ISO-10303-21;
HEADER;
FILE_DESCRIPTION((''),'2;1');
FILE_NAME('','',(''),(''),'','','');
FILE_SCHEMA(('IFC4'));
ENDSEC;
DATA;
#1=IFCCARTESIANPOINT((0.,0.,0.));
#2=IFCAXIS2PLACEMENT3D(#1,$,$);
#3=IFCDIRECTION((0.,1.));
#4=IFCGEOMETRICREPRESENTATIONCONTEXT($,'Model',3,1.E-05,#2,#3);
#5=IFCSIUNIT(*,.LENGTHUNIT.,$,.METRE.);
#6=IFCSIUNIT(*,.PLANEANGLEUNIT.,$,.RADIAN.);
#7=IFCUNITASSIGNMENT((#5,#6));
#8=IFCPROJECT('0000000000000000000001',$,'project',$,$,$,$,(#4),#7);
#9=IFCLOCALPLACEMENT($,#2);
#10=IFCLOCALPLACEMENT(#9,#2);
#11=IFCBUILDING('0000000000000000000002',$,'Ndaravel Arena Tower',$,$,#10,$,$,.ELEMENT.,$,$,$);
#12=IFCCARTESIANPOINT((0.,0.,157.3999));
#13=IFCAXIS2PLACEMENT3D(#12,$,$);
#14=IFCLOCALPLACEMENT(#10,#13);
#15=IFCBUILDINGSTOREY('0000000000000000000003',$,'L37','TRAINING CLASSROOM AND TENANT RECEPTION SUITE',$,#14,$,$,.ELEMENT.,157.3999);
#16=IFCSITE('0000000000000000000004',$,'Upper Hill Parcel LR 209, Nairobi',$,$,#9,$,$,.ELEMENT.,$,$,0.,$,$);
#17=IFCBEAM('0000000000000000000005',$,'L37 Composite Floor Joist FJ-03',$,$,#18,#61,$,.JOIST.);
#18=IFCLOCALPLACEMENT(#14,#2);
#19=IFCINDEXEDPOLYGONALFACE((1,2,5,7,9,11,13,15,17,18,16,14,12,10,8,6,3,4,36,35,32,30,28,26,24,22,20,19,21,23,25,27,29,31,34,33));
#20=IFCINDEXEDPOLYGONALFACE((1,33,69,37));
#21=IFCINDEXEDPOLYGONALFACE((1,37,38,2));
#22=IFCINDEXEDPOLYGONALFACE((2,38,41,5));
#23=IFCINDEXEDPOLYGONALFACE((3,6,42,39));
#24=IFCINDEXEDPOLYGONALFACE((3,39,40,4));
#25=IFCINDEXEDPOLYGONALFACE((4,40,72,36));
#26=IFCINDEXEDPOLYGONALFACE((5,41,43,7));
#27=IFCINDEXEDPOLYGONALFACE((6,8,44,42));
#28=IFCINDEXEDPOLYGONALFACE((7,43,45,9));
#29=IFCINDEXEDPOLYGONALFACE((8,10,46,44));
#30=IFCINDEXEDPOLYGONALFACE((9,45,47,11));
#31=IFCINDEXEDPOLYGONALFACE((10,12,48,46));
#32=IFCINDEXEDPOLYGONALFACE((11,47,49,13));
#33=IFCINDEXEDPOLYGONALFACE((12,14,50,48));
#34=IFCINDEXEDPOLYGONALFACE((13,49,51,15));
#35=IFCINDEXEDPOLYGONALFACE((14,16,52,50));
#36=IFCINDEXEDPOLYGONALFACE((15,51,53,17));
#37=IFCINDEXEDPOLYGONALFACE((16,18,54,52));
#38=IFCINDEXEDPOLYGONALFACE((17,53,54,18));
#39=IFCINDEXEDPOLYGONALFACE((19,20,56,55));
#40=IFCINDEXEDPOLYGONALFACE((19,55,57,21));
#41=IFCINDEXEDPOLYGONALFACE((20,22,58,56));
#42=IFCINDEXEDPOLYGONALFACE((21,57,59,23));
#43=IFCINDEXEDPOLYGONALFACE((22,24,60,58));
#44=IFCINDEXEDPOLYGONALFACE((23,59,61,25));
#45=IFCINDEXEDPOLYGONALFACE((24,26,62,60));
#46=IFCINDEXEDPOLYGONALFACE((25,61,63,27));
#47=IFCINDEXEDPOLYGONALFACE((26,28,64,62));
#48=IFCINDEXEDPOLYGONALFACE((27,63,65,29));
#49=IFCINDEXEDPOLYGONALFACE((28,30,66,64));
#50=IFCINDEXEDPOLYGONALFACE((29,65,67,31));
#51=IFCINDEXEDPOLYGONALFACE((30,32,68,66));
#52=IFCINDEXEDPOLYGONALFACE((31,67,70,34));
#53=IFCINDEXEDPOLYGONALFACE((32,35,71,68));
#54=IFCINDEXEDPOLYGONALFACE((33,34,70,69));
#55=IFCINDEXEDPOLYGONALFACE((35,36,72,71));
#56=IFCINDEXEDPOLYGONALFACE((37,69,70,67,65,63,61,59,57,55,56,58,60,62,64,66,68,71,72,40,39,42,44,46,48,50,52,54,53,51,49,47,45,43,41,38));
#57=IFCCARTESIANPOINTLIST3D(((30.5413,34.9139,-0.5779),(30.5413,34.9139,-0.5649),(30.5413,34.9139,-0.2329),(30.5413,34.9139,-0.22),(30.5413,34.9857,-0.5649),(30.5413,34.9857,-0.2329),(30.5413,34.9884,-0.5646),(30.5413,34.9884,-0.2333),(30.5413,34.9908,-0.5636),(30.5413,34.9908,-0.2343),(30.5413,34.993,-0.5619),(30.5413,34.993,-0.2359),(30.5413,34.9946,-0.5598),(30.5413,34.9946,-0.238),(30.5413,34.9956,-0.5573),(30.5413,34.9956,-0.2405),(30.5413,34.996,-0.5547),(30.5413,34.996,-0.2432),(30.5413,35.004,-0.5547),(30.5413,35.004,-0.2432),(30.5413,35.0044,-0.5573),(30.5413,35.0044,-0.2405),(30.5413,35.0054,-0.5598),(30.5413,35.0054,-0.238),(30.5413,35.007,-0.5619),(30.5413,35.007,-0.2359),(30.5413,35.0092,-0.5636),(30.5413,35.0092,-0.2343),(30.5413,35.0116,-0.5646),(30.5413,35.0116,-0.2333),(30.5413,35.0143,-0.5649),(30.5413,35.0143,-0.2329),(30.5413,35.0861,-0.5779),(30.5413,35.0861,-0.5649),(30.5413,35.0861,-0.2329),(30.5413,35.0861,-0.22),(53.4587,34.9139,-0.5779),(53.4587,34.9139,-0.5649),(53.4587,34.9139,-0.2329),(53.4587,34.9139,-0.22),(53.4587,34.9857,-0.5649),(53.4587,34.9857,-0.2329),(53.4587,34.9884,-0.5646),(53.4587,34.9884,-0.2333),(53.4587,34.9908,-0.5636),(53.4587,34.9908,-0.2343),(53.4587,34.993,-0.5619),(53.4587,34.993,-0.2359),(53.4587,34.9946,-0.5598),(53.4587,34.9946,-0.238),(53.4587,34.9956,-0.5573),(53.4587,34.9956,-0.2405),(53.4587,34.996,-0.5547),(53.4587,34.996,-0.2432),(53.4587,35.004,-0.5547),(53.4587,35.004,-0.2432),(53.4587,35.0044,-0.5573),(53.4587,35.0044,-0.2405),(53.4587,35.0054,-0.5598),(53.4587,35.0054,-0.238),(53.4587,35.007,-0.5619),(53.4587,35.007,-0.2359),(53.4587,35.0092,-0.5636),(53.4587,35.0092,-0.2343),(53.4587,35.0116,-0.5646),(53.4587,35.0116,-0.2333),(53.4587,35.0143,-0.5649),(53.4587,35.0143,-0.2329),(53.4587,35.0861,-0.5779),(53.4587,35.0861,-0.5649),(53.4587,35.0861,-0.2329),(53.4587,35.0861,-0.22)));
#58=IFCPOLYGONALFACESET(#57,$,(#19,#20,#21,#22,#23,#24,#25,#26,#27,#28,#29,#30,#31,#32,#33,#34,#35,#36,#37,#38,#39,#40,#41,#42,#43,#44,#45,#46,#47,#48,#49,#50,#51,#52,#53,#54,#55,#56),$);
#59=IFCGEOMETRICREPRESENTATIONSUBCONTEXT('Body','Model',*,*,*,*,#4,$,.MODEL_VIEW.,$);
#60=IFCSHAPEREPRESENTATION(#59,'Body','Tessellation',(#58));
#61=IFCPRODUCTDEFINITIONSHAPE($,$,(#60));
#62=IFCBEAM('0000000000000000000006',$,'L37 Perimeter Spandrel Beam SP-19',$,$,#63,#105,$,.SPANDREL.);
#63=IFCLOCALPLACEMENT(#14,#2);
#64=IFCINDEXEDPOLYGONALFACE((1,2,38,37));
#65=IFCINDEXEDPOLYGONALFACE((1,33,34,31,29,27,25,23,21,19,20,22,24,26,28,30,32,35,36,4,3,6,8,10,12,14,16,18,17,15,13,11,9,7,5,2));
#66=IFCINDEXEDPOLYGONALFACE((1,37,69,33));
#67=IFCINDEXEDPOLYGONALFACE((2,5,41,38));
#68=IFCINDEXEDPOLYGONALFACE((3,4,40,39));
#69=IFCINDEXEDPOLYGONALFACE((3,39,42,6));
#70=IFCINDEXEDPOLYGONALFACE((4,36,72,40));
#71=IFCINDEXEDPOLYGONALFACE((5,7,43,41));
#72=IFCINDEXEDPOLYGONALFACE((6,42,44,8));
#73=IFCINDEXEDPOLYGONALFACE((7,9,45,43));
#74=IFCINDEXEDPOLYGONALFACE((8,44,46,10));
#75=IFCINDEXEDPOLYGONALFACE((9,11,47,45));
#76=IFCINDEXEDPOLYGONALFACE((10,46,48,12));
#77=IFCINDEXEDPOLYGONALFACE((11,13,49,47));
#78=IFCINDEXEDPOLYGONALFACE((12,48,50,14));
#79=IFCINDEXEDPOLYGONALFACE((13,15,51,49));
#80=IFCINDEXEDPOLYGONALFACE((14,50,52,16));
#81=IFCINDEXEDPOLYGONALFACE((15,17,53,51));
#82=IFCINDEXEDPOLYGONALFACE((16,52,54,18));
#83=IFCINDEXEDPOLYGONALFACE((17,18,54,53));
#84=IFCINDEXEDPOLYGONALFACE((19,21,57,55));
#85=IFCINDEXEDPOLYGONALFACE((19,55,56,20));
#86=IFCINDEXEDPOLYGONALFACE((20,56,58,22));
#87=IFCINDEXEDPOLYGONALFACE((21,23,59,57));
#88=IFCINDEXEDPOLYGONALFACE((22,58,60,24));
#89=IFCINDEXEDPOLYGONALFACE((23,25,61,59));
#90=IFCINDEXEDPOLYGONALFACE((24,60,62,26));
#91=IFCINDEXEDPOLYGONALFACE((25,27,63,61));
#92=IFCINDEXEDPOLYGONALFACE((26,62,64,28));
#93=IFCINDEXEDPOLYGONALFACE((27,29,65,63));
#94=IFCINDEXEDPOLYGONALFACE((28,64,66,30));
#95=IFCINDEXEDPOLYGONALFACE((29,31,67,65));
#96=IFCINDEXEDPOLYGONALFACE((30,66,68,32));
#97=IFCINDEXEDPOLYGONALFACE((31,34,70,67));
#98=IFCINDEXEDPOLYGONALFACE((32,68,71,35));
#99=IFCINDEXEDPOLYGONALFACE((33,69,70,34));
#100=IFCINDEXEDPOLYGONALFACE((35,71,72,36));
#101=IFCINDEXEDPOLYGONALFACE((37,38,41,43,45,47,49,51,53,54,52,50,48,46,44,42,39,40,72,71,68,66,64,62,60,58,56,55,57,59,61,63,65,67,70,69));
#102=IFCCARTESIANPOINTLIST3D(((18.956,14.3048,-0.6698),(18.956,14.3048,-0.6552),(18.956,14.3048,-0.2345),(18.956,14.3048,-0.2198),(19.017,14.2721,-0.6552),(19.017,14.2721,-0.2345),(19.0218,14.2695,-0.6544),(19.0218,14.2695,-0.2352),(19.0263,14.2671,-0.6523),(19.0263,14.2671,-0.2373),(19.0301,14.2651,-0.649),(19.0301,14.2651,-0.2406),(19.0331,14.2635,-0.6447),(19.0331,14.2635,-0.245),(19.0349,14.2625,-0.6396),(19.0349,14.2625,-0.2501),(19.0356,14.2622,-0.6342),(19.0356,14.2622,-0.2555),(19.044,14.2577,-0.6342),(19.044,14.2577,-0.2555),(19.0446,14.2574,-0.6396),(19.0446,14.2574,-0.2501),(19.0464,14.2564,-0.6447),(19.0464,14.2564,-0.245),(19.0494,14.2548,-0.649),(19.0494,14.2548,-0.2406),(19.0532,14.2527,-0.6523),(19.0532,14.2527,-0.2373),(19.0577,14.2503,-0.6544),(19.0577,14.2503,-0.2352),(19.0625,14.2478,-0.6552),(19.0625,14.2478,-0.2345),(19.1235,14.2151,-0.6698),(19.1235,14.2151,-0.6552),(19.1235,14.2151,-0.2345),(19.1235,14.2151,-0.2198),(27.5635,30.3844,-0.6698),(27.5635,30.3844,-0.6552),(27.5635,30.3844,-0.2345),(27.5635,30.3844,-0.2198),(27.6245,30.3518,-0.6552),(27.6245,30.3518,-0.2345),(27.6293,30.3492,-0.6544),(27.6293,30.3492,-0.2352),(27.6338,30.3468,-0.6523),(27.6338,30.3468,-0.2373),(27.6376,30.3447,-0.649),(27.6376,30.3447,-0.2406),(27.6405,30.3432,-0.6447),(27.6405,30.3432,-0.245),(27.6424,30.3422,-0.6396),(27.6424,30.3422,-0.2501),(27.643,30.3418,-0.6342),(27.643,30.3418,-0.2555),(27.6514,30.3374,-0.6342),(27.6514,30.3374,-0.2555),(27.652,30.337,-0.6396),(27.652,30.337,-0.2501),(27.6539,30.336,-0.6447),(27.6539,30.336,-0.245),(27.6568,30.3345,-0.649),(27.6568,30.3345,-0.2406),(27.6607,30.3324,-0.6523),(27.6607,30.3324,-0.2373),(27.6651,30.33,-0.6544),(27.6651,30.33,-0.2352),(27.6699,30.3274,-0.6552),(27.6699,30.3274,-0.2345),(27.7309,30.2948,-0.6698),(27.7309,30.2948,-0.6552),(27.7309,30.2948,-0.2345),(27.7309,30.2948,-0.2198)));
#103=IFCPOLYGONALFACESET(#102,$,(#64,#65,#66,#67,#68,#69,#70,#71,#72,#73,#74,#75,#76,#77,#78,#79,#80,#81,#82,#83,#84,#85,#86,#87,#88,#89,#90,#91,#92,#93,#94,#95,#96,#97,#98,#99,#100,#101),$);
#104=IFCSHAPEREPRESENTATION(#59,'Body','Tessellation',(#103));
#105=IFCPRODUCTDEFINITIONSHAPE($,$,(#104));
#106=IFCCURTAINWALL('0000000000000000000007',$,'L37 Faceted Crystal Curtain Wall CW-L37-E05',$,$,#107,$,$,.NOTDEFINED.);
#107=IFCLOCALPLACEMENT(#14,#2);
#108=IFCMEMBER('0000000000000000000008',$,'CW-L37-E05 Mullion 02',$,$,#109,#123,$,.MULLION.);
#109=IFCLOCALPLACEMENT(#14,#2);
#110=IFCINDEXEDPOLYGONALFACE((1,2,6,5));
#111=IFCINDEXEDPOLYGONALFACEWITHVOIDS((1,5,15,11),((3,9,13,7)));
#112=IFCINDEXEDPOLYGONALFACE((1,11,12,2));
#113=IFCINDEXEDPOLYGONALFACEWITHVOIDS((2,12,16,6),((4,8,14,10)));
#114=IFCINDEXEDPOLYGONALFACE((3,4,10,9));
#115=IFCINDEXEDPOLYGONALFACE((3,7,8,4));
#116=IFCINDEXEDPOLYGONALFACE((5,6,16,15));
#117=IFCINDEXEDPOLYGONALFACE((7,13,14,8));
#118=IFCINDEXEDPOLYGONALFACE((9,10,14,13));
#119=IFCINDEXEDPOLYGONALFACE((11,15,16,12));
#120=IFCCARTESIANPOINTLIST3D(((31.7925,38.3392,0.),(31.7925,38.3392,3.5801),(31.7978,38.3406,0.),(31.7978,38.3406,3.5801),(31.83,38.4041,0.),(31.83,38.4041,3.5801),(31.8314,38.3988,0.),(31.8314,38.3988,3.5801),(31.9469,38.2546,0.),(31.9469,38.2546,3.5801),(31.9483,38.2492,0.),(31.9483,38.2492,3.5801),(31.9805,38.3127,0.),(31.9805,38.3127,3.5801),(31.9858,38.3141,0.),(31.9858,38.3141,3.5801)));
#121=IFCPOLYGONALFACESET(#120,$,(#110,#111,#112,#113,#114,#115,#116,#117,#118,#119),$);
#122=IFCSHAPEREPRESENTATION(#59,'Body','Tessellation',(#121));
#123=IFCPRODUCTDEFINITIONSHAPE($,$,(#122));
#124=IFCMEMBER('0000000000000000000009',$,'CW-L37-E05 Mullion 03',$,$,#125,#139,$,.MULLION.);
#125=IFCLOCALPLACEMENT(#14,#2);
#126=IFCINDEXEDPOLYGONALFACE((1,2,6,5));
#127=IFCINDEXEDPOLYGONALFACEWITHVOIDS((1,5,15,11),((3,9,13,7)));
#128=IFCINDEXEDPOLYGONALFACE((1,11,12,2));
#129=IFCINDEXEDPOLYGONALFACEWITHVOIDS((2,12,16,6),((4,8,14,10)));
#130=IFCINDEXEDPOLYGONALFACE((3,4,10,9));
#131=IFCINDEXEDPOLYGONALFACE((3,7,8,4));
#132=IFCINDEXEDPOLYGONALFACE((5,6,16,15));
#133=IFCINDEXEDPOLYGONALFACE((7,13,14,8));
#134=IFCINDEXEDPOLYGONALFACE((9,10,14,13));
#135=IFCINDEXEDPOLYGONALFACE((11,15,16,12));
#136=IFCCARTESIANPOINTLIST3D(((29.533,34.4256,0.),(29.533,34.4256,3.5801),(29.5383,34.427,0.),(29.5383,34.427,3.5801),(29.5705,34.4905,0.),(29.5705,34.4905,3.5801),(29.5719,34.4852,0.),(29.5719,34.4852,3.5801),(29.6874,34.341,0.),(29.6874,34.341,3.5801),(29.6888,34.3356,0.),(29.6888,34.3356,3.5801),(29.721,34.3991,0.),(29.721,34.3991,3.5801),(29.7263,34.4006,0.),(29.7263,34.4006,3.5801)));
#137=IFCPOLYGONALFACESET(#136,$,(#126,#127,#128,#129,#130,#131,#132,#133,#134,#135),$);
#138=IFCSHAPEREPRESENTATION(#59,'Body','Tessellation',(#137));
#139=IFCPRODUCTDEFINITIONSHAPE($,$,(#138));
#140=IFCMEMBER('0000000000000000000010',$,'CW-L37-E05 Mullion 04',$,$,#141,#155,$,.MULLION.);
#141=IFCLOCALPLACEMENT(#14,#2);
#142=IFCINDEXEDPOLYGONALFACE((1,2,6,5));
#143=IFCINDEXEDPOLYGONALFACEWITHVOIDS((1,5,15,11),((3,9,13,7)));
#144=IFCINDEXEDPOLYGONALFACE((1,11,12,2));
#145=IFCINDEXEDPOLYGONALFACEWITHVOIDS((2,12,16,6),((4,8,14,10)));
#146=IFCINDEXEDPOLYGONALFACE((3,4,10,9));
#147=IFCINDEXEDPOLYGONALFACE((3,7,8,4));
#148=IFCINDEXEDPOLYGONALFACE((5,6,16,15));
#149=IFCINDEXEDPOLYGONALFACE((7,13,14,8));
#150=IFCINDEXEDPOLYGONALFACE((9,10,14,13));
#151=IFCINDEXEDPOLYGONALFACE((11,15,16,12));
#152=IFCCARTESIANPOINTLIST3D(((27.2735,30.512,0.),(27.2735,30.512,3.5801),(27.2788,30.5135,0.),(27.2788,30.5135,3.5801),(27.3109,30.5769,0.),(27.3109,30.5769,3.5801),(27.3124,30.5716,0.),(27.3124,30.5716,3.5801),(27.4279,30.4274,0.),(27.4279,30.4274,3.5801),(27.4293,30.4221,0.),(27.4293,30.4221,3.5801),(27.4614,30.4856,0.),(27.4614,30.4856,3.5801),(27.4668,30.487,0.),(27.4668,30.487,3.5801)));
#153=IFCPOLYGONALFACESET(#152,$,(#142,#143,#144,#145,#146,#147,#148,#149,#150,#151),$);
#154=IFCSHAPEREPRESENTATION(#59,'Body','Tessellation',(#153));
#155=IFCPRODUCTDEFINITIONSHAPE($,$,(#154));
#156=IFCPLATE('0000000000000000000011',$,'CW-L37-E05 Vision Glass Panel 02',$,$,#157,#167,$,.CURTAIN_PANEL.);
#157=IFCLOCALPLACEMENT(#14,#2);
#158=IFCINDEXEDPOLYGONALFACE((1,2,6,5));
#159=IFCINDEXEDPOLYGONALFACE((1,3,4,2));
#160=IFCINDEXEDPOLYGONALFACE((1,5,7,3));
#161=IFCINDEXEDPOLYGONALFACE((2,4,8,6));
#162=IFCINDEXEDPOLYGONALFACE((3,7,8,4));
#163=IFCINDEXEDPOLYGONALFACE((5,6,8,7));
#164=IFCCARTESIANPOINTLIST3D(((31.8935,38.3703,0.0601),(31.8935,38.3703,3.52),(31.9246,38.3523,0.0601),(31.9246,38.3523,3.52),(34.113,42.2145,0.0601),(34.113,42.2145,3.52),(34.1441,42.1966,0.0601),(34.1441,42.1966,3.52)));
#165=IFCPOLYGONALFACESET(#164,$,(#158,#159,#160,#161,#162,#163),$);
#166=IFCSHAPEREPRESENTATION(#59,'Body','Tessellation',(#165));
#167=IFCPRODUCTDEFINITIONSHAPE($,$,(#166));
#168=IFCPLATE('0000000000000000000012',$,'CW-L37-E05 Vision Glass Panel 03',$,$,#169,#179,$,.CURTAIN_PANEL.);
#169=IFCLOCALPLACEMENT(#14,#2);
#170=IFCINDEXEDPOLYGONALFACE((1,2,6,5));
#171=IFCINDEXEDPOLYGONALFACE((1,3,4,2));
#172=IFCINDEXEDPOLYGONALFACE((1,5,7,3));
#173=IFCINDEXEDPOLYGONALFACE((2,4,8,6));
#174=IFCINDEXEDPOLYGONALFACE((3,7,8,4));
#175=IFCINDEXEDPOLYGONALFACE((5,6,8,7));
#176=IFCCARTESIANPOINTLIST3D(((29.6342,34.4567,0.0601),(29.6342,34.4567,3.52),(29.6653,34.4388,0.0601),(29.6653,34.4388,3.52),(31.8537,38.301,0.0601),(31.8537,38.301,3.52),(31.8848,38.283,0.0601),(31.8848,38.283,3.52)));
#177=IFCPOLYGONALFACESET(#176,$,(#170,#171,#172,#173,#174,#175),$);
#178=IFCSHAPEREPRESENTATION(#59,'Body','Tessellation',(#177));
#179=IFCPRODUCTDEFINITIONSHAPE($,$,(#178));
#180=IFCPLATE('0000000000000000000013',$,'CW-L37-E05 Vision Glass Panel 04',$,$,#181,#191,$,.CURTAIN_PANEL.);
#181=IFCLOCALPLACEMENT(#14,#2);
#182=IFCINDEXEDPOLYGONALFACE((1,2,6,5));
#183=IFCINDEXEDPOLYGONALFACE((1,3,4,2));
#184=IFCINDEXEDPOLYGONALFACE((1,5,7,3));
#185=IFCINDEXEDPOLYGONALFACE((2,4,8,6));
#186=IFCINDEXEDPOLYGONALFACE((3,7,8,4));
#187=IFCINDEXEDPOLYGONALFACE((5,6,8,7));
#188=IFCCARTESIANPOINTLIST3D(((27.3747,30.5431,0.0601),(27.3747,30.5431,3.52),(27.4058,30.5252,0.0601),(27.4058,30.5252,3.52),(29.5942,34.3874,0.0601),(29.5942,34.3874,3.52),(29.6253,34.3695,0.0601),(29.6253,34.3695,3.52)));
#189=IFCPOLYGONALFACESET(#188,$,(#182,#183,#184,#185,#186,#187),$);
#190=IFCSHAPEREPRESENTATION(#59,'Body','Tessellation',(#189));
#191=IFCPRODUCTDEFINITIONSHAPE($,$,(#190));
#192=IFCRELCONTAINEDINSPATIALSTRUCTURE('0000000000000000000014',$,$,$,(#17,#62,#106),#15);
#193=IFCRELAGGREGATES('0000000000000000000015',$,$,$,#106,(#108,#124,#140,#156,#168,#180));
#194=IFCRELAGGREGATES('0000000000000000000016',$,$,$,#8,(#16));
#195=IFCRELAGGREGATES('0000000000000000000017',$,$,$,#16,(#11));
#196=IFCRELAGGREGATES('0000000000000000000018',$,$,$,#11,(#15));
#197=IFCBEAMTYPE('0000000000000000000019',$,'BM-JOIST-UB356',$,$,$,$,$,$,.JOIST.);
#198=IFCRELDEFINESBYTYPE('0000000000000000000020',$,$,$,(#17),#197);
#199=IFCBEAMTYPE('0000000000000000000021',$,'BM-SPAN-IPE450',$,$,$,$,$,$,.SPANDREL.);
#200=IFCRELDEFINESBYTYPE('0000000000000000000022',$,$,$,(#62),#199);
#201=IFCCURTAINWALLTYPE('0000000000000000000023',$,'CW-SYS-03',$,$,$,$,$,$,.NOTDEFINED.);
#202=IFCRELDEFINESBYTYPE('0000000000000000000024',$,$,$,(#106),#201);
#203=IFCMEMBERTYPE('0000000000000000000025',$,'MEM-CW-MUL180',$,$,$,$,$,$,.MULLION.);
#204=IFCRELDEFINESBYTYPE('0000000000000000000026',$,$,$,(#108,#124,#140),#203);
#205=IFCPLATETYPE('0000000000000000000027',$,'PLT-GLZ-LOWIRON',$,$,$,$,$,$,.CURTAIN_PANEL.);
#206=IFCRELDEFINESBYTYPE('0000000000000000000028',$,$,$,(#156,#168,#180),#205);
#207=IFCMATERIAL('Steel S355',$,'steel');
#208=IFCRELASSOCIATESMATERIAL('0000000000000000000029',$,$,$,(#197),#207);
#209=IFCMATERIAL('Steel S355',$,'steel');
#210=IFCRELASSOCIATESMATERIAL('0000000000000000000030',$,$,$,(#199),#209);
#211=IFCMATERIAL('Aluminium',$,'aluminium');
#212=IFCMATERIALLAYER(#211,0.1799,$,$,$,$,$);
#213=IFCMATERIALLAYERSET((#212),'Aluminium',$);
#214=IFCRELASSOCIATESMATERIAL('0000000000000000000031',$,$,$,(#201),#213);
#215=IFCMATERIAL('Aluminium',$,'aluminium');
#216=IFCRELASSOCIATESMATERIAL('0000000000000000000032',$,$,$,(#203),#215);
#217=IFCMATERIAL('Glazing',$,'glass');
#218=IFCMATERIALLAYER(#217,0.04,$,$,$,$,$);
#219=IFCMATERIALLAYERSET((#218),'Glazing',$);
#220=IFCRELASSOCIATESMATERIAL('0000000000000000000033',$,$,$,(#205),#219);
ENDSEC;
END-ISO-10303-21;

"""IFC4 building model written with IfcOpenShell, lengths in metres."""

from ifc_helpers import new_model, si_unit, direction, frame, origin, origin_2d, place, context, subcontext, project, spatial, rectangle, hollow_rectangle, i_section, extrude, material, layer, layer_set, material_profile, profile_set, type_object, element, aggregate, save


model = new_model("IFC4")

# Units and contexts
model_context = context("Model", 3, precision=1e-05, world=origin(), true_north=direction((0.0, 1.0)))
body_context = subcontext(model_context, "Body", "Model", "MODEL_VIEW")
ifc_project = project(units=[si_unit("LENGTHUNIT", "METRE"), si_unit("PLANEANGLEUNIT", "RADIAN")], contexts=[model_context])

# Site, building, storey
site_placement = place(None, origin())
site = spatial("IfcSite", under=ifc_project, at=site_placement, Name="Upper Hill Parcel LR 209, Nairobi", CompositionType="ELEMENT", RefElevation=0.0)
building_placement = place(site_placement, origin())
building = spatial("IfcBuilding", under=site, at=building_placement, Name="Ndaravel Arena Tower", CompositionType="ELEMENT")
storey_placement = place(building_placement, frame((0.0, 0.0, 157.3999)))
storey = spatial("IfcBuildingStorey", under=building, at=storey_placement, Name="L37", Description="TRAINING CLASSROOM AND TENANT RECEPTION SUITE", CompositionType="ELEMENT", Elevation=157.3999)

# Beams
ifc_material_1 = material(Name="Steel S355", Category="steel")
ifc_material_profile_1 = material_profile(ifc_material_1, i_section(OverallWidth=0.1721, OverallDepth=0.3579, WebThickness=0.0081, FlangeThickness=0.0129, FilletRadius=0.0103, at=origin_2d()), Name="UB 356x171x57")
ifc_profile_set_1 = profile_set([ifc_material_profile_1], Name="Steel S355")
beam_type_1 = type_object("IfcBeamType", Name="BM-JOIST-UB356", PredefinedType="JOIST", material=ifc_profile_set_1)
beam_1_placement = place(storey_placement, frame((30.5413, 35.0, -0.3989), z_axis=(1.0, 0.0, 0.0), x_axis=(0.0, 1.0, 0.0)))
element("IfcBeam", 1, at=beam_1_placement, inside=storey, type_object=beam_type_1, Name="L37 Composite Floor Joist FJ-03", PredefinedType="JOIST", context=body_context, shape_type="SweptSolid", body=[
    extrude(i_section(OverallWidth=0.1721, OverallDepth=0.3579, WebThickness=0.0081, FlangeThickness=0.0129, FilletRadius=0.0103, at=origin_2d()), origin(), (0.0, 0.0, 1.0), 22.9175),
])
ifc_material_2 = material(Name="Steel S355", Category="steel")
ifc_material_profile_2 = material_profile(ifc_material_2, i_section(OverallWidth=0.1899, OverallDepth=0.45, WebThickness=0.0095, FlangeThickness=0.0146, FilletRadius=0.021, at=origin_2d()), Name="IPE 450")
ifc_profile_set_2 = profile_set([ifc_material_profile_2], Name="Steel S355")
beam_type_2 = type_object("IfcBeamType", Name="BM-SPAN-IPE450", PredefinedType="SPANDREL", material=ifc_profile_set_2)
beam_2_placement = place(storey_placement, frame((27.6472, 30.3396, -0.4448), z_axis=(-0.471938, -0.881632, 0.0), x_axis=(0.881632, -0.471938, 0.0)))
element("IfcBeam", 2, at=beam_2_placement, inside=storey, type_object=beam_type_2, Name="L37 Perimeter Spandrel Beam SP-19", PredefinedType="SPANDREL", context=body_context, shape_type="SweptSolid", body=[
    extrude(i_section(OverallWidth=0.1899, OverallDepth=0.45, WebThickness=0.0095, FlangeThickness=0.0146, FilletRadius=0.021, at=origin_2d()), origin(), (0.0, 0.0, 1.0), 18.2385),
])

# Curtain wall, members, plates
ifc_material_3 = material(Name="Aluminium", Category="aluminium")
ifc_layer_1 = layer(ifc_material_3, 0.1799)
ifc_layer_set_1 = layer_set([ifc_layer_1], Name="Aluminium")
curtain_wall_type = type_object("IfcCurtainWallType", Name="CW-SYS-03", PredefinedType="NOTDEFINED", material=ifc_layer_set_1)
curtain_wall_placement = place(storey_placement, origin())
curtain_wall = element("IfcCurtainWall", 3, at=curtain_wall_placement, inside=storey, type_object=curtain_wall_type, Name="L37 Faceted Crystal Curtain Wall CW-L37-E05", PredefinedType="NOTDEFINED")
ifc_material_4 = material(Name="Aluminium", Category="aluminium")
ifc_material_profile_3 = material_profile(ifc_material_4, hollow_rectangle(XDim=0.075, YDim=0.1799, WallThickness=0.0039, at=origin_2d()), Name="CW MULLION 75x180x4")
ifc_profile_set_3 = profile_set([ifc_material_profile_3], Name="Aluminium")
member_type = type_object("IfcMemberType", Name="MEM-CW-MUL180", PredefinedType="MULLION", material=ifc_profile_set_3)
member_1_placement = place(storey_placement, frame((31.8892, 38.3267, 0.0), z_axis=(0.0, 0.0, 1.0), x_axis=(-0.5, -0.866025, 0.0)))
member_1 = element("IfcMember", 4, at=member_1_placement, type_object=member_type, Name="CW-L37-E05 Mullion 02", PredefinedType="MULLION", context=body_context, shape_type="SweptSolid", body=[
    extrude(hollow_rectangle(XDim=0.075, YDim=0.1799, WallThickness=0.0039, at=origin_2d()), origin(), (0.0, 0.0, 1.0), 3.5801),
])
member_2_placement = place(storey_placement, frame((29.6296, 34.4131, 0.0), z_axis=(0.0, 0.0, 1.0), x_axis=(-0.5, -0.866025, 0.0)))
member_2 = element("IfcMember", 5, at=member_2_placement, type_object=member_type, Name="CW-L37-E05 Mullion 03", PredefinedType="MULLION", context=body_context, shape_type="SweptSolid", body=[
    extrude(hollow_rectangle(XDim=0.075, YDim=0.1799, WallThickness=0.0039, at=origin_2d()), origin(), (0.0, 0.0, 1.0), 3.5801),
])
member_3_placement = place(storey_placement, frame((27.3701, 30.4995, 0.0), z_axis=(0.0, 0.0, 1.0), x_axis=(-0.5, -0.866025, 0.0)))
member_3 = element("IfcMember", 6, at=member_3_placement, type_object=member_type, Name="CW-L37-E05 Mullion 04", PredefinedType="MULLION", context=body_context, shape_type="SweptSolid", body=[
    extrude(hollow_rectangle(XDim=0.075, YDim=0.1799, WallThickness=0.0039, at=origin_2d()), origin(), (0.0, 0.0, 1.0), 3.5801),
])
ifc_material_5 = material(Name="Glazing", Category="glass")
ifc_layer_2 = layer(ifc_material_5, 0.04)
ifc_layer_set_2 = layer_set([ifc_layer_2], Name="Glazing")
plate_type = type_object("IfcPlateType", Name="PLT-GLZ-LOWIRON", PredefinedType="CURTAIN_PANEL", material=ifc_layer_set_2)
plate_1_placement = place(storey_placement, frame((33.0188, 40.2834, 0.0601), z_axis=(0.0, 0.0, 1.0), x_axis=(-0.5, -0.866025, 0.0)))
plate_1 = element("IfcPlate", 7, at=plate_1_placement, type_object=plate_type, Name="CW-L37-E05 Vision Glass Panel 02", PredefinedType="CURTAIN_PANEL", context=body_context, shape_type="SweptSolid", body=[
    extrude(rectangle(XDim=4.439, YDim=0.0359, at=origin_2d()), origin(), (0.0, 0.0, 1.0), 3.46),
])
plate_2_placement = place(storey_placement, frame((30.7595, 36.3699, 0.0601), z_axis=(0.0, 0.0, 1.0), x_axis=(-0.5, -0.866025, 0.0)))
plate_2 = element("IfcPlate", 8, at=plate_2_placement, type_object=plate_type, Name="CW-L37-E05 Vision Glass Panel 03", PredefinedType="CURTAIN_PANEL", context=body_context, shape_type="SweptSolid", body=[
    extrude(rectangle(XDim=4.439, YDim=0.0359, at=origin_2d()), origin(), (0.0, 0.0, 1.0), 3.46),
])
plate_3_placement = place(storey_placement, frame((28.5, 32.4563, 0.0601), z_axis=(0.0, 0.0, 1.0), x_axis=(-0.5, -0.866025, 0.0)))
plate_3 = element("IfcPlate", 9, at=plate_3_placement, type_object=plate_type, Name="CW-L37-E05 Vision Glass Panel 04", PredefinedType="CURTAIN_PANEL", context=body_context, shape_type="SweptSolid", body=[
    extrude(rectangle(XDim=4.439, YDim=0.0359, at=origin_2d()), origin(), (0.0, 0.0, 1.0), 3.46),
])
aggregate(curtain_wall, [member_1, member_2, member_3, plate_1, plate_2, plate_3])

save(model, "model.ifc")
